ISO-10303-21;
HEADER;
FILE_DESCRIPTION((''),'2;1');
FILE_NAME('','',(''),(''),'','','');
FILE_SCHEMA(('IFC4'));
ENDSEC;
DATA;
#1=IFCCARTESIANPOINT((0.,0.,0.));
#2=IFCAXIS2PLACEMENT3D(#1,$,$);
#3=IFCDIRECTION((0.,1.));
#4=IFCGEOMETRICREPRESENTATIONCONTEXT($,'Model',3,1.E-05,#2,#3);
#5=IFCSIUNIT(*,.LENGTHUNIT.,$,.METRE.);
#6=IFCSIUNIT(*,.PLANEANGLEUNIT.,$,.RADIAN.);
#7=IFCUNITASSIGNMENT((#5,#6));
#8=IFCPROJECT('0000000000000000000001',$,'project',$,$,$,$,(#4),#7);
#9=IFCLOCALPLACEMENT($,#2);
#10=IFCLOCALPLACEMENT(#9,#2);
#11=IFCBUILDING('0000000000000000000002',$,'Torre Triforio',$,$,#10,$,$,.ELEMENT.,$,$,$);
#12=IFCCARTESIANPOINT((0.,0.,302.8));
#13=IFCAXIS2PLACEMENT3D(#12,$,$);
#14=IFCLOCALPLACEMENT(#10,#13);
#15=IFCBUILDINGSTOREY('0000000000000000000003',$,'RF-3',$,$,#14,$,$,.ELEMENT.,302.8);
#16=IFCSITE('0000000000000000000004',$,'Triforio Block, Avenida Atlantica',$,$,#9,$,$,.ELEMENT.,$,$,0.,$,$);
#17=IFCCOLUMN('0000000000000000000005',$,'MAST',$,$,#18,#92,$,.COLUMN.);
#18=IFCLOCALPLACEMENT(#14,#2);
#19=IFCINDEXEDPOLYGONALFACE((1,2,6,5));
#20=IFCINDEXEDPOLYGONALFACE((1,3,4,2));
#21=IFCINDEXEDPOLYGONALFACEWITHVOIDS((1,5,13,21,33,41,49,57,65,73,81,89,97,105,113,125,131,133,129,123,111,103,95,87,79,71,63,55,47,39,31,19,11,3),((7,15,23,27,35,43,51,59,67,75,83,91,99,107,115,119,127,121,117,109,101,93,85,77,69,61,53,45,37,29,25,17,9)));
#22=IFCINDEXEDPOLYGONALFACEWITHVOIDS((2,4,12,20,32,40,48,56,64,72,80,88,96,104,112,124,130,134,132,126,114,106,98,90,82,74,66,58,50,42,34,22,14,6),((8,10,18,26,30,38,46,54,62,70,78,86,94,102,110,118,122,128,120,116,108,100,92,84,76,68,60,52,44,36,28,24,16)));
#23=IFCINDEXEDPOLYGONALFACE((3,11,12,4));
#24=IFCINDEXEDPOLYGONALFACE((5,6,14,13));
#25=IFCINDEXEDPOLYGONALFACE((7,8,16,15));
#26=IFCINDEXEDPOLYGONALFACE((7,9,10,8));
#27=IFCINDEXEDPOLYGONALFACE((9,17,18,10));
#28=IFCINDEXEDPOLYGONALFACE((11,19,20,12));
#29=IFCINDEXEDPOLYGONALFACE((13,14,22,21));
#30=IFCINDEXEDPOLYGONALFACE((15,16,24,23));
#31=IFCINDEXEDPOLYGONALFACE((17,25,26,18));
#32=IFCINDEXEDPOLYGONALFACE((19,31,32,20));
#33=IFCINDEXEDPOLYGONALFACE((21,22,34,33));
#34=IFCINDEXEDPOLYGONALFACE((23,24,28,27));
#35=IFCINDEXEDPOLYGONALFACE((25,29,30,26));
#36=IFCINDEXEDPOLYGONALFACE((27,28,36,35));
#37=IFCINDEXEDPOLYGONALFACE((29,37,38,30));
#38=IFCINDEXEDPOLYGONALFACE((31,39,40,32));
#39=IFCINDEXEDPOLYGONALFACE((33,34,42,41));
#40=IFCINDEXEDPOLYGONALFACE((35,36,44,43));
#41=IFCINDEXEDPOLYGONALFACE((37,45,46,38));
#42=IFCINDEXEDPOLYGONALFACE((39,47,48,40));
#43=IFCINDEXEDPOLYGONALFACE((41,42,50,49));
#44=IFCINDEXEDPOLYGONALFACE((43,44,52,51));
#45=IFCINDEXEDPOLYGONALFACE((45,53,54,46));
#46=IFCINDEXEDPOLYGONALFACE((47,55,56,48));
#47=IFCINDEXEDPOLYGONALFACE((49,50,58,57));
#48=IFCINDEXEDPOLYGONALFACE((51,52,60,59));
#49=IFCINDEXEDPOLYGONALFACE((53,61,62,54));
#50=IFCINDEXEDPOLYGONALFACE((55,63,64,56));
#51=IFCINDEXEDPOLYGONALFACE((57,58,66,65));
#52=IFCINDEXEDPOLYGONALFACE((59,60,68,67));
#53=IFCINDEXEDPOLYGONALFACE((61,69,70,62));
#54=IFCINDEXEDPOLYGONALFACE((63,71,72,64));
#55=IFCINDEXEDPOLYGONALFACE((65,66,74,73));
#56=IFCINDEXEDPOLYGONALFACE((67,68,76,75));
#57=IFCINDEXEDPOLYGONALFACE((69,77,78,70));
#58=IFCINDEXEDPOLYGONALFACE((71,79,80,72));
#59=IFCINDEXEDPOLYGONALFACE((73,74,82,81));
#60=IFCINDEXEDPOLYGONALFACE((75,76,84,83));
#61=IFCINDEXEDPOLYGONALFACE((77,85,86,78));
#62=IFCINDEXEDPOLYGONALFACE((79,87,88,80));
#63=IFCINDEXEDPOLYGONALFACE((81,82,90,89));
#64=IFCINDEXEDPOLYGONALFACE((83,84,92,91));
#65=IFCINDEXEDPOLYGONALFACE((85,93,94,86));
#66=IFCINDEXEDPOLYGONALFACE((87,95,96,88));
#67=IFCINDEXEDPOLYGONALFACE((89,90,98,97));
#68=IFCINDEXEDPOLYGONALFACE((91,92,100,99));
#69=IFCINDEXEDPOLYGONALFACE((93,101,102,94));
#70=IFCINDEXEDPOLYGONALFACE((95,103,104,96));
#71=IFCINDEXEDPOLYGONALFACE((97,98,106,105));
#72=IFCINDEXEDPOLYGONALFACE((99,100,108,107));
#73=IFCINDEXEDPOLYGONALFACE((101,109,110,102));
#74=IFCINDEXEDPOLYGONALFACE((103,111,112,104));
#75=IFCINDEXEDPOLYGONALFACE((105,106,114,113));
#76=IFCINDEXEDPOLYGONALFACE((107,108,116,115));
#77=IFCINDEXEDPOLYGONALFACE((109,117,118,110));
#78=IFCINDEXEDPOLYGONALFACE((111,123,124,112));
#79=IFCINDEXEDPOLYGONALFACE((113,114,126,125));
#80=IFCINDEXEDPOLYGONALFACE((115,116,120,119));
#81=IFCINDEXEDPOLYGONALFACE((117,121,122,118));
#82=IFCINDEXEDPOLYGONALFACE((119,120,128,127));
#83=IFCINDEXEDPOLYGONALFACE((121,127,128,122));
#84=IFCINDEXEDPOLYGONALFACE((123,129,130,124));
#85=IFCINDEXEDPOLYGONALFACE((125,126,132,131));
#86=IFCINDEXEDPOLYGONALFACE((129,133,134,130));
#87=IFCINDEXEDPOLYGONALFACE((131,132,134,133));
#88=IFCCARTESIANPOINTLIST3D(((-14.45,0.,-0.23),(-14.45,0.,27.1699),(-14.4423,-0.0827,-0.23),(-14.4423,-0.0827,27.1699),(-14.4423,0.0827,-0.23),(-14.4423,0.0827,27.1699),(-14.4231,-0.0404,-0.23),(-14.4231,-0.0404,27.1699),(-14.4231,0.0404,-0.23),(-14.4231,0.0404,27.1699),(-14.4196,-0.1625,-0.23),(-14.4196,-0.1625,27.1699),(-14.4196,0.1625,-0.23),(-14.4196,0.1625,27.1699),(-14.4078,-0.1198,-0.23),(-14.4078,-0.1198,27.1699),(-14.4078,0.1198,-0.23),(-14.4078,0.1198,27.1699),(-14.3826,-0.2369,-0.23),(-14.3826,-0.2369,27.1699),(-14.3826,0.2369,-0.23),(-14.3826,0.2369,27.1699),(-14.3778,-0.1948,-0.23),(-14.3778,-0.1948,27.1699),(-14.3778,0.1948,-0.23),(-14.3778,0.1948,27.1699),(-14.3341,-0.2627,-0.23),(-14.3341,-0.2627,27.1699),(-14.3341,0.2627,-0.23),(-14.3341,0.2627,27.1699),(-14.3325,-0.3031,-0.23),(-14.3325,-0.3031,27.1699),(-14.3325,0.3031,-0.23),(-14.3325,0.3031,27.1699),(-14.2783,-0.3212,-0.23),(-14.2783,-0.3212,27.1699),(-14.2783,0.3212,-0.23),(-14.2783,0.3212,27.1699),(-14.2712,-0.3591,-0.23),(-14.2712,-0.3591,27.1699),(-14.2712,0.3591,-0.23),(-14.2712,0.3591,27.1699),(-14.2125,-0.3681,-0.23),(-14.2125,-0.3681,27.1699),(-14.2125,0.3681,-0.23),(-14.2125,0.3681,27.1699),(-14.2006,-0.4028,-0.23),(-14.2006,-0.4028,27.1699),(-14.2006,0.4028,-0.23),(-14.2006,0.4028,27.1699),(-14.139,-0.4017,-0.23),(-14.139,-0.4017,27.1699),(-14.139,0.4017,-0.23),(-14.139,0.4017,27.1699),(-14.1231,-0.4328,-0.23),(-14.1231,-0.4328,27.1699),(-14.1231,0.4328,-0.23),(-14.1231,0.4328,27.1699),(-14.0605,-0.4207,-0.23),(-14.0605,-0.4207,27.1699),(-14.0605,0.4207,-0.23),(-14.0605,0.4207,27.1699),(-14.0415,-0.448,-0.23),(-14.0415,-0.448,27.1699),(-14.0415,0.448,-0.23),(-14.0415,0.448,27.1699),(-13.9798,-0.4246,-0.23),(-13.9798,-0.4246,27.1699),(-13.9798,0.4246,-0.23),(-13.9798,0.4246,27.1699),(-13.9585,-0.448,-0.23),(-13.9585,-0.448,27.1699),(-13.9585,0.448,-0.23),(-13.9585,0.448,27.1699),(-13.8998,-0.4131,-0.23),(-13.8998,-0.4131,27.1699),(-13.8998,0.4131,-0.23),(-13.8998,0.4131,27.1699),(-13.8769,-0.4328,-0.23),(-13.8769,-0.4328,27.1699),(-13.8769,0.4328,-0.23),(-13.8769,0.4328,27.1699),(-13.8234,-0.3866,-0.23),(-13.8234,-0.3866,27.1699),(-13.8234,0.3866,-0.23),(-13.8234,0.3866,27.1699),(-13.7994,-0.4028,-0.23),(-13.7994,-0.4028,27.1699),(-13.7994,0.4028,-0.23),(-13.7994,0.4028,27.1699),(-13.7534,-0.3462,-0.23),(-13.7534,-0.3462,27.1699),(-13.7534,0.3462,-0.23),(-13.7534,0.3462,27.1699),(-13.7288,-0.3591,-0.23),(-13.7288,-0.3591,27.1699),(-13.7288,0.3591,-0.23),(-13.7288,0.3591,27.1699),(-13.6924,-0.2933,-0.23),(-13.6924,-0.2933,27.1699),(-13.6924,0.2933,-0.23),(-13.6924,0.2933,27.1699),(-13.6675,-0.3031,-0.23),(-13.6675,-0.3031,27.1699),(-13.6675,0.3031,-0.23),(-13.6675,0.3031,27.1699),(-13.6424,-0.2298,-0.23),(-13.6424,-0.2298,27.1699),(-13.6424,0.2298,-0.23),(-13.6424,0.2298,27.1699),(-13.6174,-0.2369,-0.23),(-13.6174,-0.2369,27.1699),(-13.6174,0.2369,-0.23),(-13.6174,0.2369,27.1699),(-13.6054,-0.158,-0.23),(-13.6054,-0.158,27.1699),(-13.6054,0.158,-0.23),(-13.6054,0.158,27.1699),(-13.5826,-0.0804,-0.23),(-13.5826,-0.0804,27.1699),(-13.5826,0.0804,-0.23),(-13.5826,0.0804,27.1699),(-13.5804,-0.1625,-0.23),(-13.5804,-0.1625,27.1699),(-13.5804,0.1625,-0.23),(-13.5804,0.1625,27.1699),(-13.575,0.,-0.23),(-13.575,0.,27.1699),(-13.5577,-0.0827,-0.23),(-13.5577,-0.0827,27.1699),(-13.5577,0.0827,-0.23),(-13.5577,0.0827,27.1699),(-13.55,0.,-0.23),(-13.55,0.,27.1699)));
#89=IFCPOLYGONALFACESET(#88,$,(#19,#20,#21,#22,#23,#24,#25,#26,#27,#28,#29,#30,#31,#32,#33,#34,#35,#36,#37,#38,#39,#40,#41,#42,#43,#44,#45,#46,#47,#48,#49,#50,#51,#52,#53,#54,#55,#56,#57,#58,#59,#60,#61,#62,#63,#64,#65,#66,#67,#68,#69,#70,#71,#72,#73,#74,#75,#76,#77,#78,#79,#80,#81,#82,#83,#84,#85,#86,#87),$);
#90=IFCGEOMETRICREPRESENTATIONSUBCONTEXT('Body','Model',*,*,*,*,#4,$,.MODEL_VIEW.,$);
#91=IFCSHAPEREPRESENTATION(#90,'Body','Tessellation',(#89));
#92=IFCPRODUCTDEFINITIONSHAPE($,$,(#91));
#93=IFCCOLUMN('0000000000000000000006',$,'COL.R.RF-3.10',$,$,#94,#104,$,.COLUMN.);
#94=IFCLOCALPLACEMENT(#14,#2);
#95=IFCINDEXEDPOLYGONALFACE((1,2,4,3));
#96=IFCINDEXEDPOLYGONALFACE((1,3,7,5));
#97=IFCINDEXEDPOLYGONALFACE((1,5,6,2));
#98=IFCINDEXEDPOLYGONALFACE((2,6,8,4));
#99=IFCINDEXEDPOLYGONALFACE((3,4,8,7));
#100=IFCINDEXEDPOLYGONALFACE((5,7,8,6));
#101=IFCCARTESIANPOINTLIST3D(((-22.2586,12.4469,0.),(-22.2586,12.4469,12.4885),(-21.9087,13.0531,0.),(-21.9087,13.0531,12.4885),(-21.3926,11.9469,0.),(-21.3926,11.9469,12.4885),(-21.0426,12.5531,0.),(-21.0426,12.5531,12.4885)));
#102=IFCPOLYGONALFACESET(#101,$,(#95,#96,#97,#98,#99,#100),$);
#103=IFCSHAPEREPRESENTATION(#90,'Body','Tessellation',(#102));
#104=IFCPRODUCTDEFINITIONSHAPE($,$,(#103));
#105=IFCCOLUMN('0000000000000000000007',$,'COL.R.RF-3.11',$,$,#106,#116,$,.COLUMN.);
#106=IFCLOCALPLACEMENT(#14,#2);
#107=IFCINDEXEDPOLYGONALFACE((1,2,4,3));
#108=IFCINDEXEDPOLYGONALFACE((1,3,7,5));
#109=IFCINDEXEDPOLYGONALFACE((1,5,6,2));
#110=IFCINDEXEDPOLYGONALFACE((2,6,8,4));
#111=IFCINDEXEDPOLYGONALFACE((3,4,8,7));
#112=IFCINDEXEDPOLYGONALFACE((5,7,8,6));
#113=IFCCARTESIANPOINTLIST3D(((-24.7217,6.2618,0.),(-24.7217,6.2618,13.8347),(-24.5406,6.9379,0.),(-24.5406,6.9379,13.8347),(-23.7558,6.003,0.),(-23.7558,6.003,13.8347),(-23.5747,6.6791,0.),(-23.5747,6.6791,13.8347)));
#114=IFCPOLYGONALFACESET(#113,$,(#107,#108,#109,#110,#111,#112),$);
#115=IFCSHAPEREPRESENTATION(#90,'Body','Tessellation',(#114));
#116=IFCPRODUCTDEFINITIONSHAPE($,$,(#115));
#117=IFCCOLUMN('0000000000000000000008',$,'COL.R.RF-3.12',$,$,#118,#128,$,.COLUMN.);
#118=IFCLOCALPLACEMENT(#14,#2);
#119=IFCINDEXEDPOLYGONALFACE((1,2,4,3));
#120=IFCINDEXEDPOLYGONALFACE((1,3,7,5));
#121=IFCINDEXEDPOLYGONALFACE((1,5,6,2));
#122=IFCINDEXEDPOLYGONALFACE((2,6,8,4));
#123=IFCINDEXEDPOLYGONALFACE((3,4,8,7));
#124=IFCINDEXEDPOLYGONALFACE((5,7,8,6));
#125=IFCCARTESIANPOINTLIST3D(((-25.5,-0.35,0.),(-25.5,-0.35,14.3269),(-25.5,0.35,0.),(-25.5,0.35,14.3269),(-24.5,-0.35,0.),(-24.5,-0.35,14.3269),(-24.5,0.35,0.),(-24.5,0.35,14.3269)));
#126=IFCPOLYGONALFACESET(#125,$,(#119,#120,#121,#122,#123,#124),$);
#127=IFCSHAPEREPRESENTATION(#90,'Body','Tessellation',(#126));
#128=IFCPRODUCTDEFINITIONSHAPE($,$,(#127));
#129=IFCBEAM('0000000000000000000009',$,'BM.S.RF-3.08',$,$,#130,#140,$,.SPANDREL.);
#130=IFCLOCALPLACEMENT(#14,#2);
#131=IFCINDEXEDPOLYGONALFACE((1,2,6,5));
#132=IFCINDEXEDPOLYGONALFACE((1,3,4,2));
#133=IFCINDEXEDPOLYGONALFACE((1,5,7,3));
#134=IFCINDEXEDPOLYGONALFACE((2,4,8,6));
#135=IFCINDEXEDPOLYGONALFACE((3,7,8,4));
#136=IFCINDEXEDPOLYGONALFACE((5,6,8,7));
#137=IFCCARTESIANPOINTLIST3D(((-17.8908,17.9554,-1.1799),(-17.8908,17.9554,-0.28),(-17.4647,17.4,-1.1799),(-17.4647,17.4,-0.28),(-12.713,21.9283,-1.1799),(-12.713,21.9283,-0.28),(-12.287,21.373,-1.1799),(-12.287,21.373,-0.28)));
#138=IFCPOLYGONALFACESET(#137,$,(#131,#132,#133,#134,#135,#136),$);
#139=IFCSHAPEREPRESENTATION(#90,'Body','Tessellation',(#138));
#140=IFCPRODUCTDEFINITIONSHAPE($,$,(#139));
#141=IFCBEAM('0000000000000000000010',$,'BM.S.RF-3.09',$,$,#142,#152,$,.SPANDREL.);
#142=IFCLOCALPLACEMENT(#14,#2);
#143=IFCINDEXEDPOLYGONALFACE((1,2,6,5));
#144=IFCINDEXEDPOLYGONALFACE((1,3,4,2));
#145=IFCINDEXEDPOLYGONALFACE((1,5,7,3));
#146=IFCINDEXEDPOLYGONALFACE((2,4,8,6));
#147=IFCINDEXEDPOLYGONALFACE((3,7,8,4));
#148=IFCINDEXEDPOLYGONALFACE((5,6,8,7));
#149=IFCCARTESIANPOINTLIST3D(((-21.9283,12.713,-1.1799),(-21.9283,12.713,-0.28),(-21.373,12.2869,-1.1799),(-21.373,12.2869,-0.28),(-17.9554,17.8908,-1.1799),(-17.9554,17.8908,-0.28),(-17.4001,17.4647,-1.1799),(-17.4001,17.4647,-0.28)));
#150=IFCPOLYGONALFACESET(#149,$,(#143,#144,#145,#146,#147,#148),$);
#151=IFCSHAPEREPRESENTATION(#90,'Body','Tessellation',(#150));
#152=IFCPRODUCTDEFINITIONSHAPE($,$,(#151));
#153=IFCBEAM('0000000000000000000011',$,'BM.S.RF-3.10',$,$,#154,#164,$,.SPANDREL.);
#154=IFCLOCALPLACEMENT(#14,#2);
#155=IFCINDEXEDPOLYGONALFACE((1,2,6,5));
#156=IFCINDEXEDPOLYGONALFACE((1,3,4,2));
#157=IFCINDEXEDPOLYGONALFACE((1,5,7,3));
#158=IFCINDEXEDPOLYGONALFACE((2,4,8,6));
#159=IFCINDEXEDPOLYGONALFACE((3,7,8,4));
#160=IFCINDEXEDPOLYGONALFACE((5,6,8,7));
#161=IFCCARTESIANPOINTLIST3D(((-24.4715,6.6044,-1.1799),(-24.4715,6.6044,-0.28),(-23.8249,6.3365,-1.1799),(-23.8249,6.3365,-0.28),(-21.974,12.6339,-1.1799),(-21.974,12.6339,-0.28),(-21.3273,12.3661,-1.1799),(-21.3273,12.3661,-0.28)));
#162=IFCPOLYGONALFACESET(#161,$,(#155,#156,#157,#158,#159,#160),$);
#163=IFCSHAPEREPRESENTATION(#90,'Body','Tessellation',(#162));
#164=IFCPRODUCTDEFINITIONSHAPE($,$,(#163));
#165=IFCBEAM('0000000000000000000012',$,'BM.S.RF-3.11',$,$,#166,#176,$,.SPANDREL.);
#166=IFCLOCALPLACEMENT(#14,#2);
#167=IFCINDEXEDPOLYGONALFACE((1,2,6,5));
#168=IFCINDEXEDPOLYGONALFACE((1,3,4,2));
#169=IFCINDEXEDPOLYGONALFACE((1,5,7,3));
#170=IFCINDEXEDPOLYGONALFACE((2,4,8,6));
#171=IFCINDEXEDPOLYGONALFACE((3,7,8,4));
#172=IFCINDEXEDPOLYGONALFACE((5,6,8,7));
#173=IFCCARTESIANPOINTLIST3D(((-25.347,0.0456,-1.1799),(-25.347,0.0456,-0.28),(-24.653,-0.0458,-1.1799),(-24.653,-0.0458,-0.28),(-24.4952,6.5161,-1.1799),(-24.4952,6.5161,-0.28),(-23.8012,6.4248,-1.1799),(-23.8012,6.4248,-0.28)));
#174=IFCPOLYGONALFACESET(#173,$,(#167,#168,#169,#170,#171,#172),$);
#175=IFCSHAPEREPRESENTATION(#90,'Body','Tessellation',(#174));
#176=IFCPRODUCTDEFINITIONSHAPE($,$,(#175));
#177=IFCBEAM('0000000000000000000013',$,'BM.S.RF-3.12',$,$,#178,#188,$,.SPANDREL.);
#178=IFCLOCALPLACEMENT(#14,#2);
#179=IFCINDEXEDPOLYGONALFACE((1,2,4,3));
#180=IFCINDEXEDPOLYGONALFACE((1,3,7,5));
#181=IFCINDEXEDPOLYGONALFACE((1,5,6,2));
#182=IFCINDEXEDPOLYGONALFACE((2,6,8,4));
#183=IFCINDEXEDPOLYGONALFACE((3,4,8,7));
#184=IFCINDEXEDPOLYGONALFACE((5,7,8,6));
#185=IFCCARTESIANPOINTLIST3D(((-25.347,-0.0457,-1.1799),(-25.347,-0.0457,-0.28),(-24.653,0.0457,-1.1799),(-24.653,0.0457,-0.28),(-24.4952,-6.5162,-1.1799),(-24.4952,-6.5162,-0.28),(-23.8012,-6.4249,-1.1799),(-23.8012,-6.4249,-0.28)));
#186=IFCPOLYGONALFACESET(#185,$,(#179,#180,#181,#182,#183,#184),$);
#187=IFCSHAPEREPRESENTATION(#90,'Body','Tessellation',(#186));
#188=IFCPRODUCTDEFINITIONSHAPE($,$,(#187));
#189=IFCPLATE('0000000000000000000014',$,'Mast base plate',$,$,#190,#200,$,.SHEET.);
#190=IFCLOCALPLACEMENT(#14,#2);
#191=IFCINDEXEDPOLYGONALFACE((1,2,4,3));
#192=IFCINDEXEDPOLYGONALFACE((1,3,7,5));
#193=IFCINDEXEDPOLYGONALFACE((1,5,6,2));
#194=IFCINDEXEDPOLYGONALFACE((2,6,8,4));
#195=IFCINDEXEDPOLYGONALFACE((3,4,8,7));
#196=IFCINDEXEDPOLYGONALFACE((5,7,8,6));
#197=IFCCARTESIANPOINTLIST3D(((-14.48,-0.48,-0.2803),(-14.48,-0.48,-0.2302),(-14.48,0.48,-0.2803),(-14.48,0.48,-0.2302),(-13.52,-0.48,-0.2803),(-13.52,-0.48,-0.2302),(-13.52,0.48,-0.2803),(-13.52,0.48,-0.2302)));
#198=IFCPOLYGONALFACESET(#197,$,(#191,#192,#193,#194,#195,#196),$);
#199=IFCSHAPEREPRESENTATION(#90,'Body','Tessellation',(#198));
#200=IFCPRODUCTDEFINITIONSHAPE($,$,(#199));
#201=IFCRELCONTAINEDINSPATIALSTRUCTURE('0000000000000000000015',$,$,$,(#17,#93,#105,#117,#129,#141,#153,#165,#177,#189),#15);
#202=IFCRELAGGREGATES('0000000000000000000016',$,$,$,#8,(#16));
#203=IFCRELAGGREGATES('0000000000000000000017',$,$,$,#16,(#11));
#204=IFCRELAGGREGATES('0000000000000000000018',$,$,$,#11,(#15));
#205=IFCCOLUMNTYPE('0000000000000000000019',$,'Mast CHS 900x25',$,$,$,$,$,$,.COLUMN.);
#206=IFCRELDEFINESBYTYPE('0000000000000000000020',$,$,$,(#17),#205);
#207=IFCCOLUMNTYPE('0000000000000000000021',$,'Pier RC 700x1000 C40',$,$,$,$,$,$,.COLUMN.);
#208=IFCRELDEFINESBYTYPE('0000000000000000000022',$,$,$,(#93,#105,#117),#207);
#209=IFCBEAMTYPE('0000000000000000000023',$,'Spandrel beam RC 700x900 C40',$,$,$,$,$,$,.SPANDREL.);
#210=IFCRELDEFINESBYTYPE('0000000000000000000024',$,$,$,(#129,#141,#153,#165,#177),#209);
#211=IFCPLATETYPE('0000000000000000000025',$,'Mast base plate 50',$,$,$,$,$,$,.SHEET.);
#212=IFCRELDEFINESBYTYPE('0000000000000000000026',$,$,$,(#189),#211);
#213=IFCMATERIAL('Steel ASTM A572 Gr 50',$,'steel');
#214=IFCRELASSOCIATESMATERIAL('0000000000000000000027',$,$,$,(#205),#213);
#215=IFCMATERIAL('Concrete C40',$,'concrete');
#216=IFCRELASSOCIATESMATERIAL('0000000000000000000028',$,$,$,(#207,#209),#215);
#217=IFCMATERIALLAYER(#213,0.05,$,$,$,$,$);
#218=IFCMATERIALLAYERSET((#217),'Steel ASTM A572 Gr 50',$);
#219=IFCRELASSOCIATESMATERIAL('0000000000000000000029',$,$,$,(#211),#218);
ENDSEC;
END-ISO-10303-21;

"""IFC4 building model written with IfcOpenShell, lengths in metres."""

from ifc_helpers import new_model, si_unit, direction, frame, origin, origin_2d, place, context, subcontext, project, spatial, rectangle, hollow_circle, extrude, material, layer, layer_set, material_profile, profile_set, type_object, element, save


model = new_model("IFC4")

# Units and contexts
model_context = context("Model", 3, precision=1e-05, world=origin(), true_north=direction((0.0, 1.0)))
body_context = subcontext(model_context, "Body", "Model", "MODEL_VIEW")
ifc_project = project(units=[si_unit("LENGTHUNIT", "METRE"), si_unit("PLANEANGLEUNIT", "RADIAN")], contexts=[model_context])

# Site, building, storey
site_placement = place(None, origin())
site = spatial("IfcSite", under=ifc_project, at=site_placement, Name="Triforio Block, Avenida Atlantica", CompositionType="ELEMENT", RefElevation=0.0)
building_placement = place(site_placement, origin())
building = spatial("IfcBuilding", under=site, at=building_placement, Name="Torre Triforio", CompositionType="ELEMENT")
storey_placement = place(building_placement, frame((0.0, 0.0, 302.8)))
storey = spatial("IfcBuildingStorey", under=building, at=storey_placement, Name="RF-3", CompositionType="ELEMENT", Elevation=302.8)

# Columns
ifc_material_1 = material(Name="Steel ASTM A572 Gr 50", Category="steel")
ifc_material_profile_1 = material_profile(ifc_material_1, hollow_circle(Radius=0.45, WallThickness=0.0249, at=origin_2d()), Name="CHS 900x25")
ifc_profile_set_1 = profile_set([ifc_material_profile_1], Name="Steel ASTM A572 Gr 50")
column_type_1 = type_object("IfcColumnType", Name="Mast CHS 900x25", PredefinedType="COLUMN", material=ifc_profile_set_1)
column_1_placement = place(storey_placement, frame((-14.0, 0.0, -0.23), z_axis=(0.0, 0.0, 1.0), x_axis=(1.0, 0.0, 0.0)))
element("IfcColumn", 1, at=column_1_placement, inside=storey, type_object=column_type_1, Name="MAST", PredefinedType="COLUMN", context=body_context, shape_type="SweptSolid", body=[
    extrude(hollow_circle(Radius=0.45, WallThickness=0.0249, at=origin_2d()), origin(), (0.0, 0.0, 1.0), 27.3999),
])
ifc_material_2 = material(Name="Concrete C40", Category="concrete")
ifc_material_profile_2 = material_profile(ifc_material_2, rectangle(XDim=0.7, YDim=1.0, at=origin_2d()), Name="RC 700x1000")
ifc_profile_set_2 = profile_set([ifc_material_profile_2], Name="Concrete C40")
column_type_2 = type_object("IfcColumnType", Name="Pier RC 700x1000 C40", PredefinedType="COLUMN", material=ifc_profile_set_2)
column_2_placement = place(storey_placement, frame((-21.6506, 12.5, 0.0), z_axis=(0.0, 0.0, 1.0), x_axis=(-0.5, -0.866025, 0.0)))
element("IfcColumn", 2, at=column_2_placement, inside=storey, type_object=column_type_2, Name="COL.R.RF-3.10", PredefinedType="COLUMN", context=body_context, shape_type="SweptSolid", body=[
    extrude(rectangle(XDim=0.7, YDim=1.0, at=origin_2d()), origin(), (0.0, 0.0, 1.0), 12.4885),
])
column_3_placement = place(storey_placement, frame((-24.1482, 6.4705, 0.0), z_axis=(0.0, 0.0, 1.0), x_axis=(-0.258819, -0.965926, 0.0)))
element("IfcColumn", 3, at=column_3_placement, inside=storey, type_object=column_type_2, Name="COL.R.RF-3.11", PredefinedType="COLUMN", context=body_context, shape_type="SweptSolid", body=[
    extrude(rectangle(XDim=0.7, YDim=1.0, at=origin_2d()), origin(), (0.0, 0.0, 1.0), 13.8347),
])
column_4_placement = place(storey_placement, frame((-25.0, 0.0, 0.0), z_axis=(0.0, 0.0, 1.0), x_axis=(0.0, -1.0, 0.0)))
element("IfcColumn", 4, at=column_4_placement, inside=storey, type_object=column_type_2, Name="COL.R.RF-3.12", PredefinedType="COLUMN", context=body_context, shape_type="SweptSolid", body=[
    extrude(rectangle(XDim=0.7, YDim=1.0, at=origin_2d()), origin(), (0.0, 0.0, 1.0), 14.3269),
])

# Beams
ifc_material_profile_3 = material_profile(ifc_material_2, rectangle(XDim=0.7, YDim=0.8999, at=origin_2d()), Name="RC 700x900")
ifc_profile_set_3 = profile_set([ifc_material_profile_3], Name="Concrete C40")
beam_type = type_object("IfcBeamType", Name="Spandrel beam RC 700x900 C40", PredefinedType="SPANDREL", material=ifc_profile_set_3)
for number, where, z_axis, x_axis, name in (
    (5, (-12.5, 21.6506, -0.73), (-0.793362, -0.60875, 0.0), (0.60875, -0.793362, 0.0), "BM.S.RF-3.08"),
    (6, (-17.6777, 17.6777, -0.73), (-0.60875, -0.793362, 0.0), (0.793362, -0.60875, 0.0), "BM.S.RF-3.09"),
    (7, (-21.6506, 12.5, -0.73), (-0.382689, -0.923877, 0.0), (0.923877, -0.382689, 0.0), "BM.S.RF-3.10"),
    (8, (-24.1482, 6.4705, -0.73), (-0.130519, -0.991446, 0.0), (0.991446, -0.130519, 0.0), "BM.S.RF-3.11"),
    (9, (-25.0, 0.0, -0.73), (0.130519, -0.991446, 0.0), (0.991446, 0.130519, 0.0), "BM.S.RF-3.12"),
):
    element("IfcBeam", number, at=place(storey_placement, frame(where, z_axis=z_axis, x_axis=x_axis)), inside=storey, type_object=beam_type, Name=name, PredefinedType="SPANDREL", context=body_context, shape_type="SweptSolid", body=[
        extrude(rectangle(XDim=0.7, YDim=0.8999, at=origin_2d()), origin(), (0.0, 0.0, 1.0), 6.5264),
    ])

# Plate
ifc_layer_1 = layer(ifc_material_1, 0.05)
ifc_layer_set_1 = layer_set([ifc_layer_1], Name="Steel ASTM A572 Gr 50")
plate_type = type_object("IfcPlateType", Name="Mast base plate 50", PredefinedType="SHEET", material=ifc_layer_set_1)
plate_placement = place(storey_placement, frame((-14.0, 0.0, -0.2803), z_axis=(0.0, 0.0, 1.0), x_axis=(1.0, 0.0, 0.0)))
element("IfcPlate", 10, at=plate_placement, inside=storey, type_object=plate_type, Name="Mast base plate", PredefinedType="SHEET", context=body_context, shape_type="SweptSolid", body=[
    extrude(rectangle(XDim=0.96, YDim=0.96, at=origin_2d()), origin(), (0.0, 0.0, 1.0), 0.05),
])

save(model, "model.ifc")
